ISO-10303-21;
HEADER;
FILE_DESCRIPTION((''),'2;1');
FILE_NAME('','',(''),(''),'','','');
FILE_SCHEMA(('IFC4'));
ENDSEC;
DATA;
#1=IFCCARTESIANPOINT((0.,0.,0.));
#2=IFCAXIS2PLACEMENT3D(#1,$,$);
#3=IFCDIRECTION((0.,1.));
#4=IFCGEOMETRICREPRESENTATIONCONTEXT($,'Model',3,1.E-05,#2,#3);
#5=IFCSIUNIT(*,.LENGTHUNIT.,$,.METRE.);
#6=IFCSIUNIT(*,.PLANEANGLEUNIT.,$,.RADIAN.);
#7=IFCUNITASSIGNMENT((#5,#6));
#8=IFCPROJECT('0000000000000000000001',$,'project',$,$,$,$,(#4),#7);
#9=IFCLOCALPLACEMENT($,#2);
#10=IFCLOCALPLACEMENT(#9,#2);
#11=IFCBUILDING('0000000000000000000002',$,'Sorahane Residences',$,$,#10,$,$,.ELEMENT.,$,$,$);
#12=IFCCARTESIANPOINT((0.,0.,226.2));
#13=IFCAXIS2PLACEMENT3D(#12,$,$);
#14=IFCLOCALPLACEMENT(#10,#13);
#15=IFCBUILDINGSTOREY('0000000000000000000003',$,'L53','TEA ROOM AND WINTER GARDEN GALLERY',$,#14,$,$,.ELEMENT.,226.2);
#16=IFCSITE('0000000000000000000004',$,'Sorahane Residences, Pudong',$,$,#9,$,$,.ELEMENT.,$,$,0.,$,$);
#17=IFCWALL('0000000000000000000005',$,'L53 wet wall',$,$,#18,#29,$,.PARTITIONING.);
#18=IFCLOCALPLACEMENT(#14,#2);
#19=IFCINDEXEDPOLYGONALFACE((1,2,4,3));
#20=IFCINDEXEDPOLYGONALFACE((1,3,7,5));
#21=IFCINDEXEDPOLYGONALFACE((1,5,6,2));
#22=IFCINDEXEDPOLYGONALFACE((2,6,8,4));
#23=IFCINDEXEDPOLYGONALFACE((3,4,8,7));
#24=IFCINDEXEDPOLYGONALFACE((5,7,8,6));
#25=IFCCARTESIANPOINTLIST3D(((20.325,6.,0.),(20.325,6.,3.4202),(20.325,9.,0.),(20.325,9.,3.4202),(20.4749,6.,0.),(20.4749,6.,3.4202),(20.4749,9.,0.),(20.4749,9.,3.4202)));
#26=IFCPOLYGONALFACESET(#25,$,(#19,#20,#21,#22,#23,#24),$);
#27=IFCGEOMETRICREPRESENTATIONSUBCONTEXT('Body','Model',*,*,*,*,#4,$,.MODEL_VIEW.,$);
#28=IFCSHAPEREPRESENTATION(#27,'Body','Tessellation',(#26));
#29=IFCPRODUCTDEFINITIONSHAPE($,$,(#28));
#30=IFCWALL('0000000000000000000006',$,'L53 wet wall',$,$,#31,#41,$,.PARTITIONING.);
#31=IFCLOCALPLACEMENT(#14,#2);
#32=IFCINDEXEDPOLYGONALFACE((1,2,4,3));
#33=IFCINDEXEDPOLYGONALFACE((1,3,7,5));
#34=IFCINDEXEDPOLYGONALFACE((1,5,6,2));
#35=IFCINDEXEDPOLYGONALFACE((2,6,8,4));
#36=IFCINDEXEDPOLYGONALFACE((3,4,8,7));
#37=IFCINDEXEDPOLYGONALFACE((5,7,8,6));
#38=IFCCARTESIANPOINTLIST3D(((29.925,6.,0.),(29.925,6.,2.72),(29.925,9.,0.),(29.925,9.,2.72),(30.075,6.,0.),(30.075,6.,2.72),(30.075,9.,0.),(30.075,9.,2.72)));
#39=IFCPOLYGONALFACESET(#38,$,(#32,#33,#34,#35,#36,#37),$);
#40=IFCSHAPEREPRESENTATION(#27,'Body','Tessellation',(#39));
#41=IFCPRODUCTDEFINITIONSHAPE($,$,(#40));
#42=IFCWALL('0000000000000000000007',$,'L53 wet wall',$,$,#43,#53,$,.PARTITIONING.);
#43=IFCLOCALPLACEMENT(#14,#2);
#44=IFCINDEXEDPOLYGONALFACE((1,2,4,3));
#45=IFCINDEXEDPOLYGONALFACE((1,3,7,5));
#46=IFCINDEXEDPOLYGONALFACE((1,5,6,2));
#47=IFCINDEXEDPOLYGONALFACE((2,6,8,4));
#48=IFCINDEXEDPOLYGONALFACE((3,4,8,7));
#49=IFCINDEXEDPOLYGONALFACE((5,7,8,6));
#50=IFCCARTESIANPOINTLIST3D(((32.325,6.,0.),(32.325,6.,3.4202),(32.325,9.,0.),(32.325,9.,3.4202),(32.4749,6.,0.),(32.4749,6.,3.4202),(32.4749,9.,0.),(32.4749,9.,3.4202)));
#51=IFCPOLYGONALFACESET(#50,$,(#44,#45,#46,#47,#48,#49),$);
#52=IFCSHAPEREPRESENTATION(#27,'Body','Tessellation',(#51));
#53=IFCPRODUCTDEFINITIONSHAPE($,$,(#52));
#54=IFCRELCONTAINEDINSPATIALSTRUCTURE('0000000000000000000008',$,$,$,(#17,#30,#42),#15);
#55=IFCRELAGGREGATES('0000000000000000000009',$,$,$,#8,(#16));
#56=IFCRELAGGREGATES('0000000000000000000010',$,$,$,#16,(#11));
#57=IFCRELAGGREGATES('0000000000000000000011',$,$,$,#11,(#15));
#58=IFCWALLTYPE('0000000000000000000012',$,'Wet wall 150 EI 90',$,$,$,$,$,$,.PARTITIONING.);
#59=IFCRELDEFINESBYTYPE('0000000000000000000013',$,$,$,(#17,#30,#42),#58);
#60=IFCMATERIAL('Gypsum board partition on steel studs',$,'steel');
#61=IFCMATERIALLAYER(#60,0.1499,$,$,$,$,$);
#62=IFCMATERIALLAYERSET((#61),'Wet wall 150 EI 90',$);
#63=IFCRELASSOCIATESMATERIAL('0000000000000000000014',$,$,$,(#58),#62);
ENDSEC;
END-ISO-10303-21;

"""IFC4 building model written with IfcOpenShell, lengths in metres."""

from ifc_helpers import new_model, si_unit, direction, frame, frame_2d, origin, place, context, subcontext, project, spatial, rectangle, extrude, material, layer, layer_set, type_object, element, save


model = new_model("IFC4")

# Units and contexts
model_context = context("Model", 3, precision=1e-05, world=origin(), true_north=direction((0.0, 1.0)))
body_context = subcontext(model_context, "Body", "Model", "MODEL_VIEW")
ifc_project = project(units=[si_unit("LENGTHUNIT", "METRE"), si_unit("PLANEANGLEUNIT", "RADIAN")], contexts=[model_context])

# Site, building, storey
site_placement = place(None, origin())
site = spatial("IfcSite", under=ifc_project, at=site_placement, Name="Sorahane Residences, Pudong", CompositionType="ELEMENT", RefElevation=0.0)
building_placement = place(site_placement, origin())
building = spatial("IfcBuilding", under=site, at=building_placement, Name="Sorahane Residences", CompositionType="ELEMENT")
storey_placement = place(building_placement, frame((0.0, 0.0, 226.2)))
storey = spatial("IfcBuildingStorey", under=building, at=storey_placement, Name="L53", Description="TEA ROOM AND WINTER GARDEN GALLERY", CompositionType="ELEMENT", Elevation=226.2)

# Walls
ifc_material_1 = material(Name="Gypsum board partition on steel studs", Category="steel")
ifc_layer_1 = layer(ifc_material_1, 0.1499)
ifc_layer_set_1 = layer_set([ifc_layer_1], Name="Wet wall 150 EI 90")
wall_type_1 = type_object("IfcWallType", Name="Wet wall 150 EI 90", PredefinedType="PARTITIONING", material=ifc_layer_set_1)
wall_1_placement = place(storey_placement, frame((20.3999, 6.0, 0.0), z_axis=(0.0, 0.0, 1.0), x_axis=(0.0, 1.0, 0.0)))
element("IfcWall", 1, at=wall_1_placement, inside=storey, type_object=wall_type_1, Name="L53 wet wall", PredefinedType="PARTITIONING", context=body_context, shape_type="SweptSolid", body=[
    extrude(rectangle(XDim=3.0, YDim=0.1499, at=frame_2d((1.5, 0.0))), origin(), (0.0, 0.0, 1.0), 3.4202),
])
wall_2_placement = place(storey_placement, frame((30.0, 6.0, 0.0), z_axis=(0.0, 0.0, 1.0), x_axis=(0.0, 1.0, 0.0)))
element("IfcWall", 2, at=wall_2_placement, inside=storey, type_object=wall_type_1, Name="L53 wet wall", PredefinedType="PARTITIONING", context=body_context, shape_type="SweptSolid", body=[
    extrude(rectangle(XDim=3.0, YDim=0.1499, at=frame_2d((1.5, 0.0))), origin(), (0.0, 0.0, 1.0), 2.72),
])
wall_3_placement = place(storey_placement, frame((32.3999, 6.0, 0.0), z_axis=(0.0, 0.0, 1.0), x_axis=(0.0, 1.0, 0.0)))
element("IfcWall", 3, at=wall_3_placement, inside=storey, type_object=wall_type_1, Name="L53 wet wall", PredefinedType="PARTITIONING", context=body_context, shape_type="SweptSolid", body=[
    extrude(rectangle(XDim=3.0, YDim=0.1499, at=frame_2d((1.5, 0.0))), origin(), (0.0, 0.0, 1.0), 3.4202),
])

save(model, "model.ifc")
